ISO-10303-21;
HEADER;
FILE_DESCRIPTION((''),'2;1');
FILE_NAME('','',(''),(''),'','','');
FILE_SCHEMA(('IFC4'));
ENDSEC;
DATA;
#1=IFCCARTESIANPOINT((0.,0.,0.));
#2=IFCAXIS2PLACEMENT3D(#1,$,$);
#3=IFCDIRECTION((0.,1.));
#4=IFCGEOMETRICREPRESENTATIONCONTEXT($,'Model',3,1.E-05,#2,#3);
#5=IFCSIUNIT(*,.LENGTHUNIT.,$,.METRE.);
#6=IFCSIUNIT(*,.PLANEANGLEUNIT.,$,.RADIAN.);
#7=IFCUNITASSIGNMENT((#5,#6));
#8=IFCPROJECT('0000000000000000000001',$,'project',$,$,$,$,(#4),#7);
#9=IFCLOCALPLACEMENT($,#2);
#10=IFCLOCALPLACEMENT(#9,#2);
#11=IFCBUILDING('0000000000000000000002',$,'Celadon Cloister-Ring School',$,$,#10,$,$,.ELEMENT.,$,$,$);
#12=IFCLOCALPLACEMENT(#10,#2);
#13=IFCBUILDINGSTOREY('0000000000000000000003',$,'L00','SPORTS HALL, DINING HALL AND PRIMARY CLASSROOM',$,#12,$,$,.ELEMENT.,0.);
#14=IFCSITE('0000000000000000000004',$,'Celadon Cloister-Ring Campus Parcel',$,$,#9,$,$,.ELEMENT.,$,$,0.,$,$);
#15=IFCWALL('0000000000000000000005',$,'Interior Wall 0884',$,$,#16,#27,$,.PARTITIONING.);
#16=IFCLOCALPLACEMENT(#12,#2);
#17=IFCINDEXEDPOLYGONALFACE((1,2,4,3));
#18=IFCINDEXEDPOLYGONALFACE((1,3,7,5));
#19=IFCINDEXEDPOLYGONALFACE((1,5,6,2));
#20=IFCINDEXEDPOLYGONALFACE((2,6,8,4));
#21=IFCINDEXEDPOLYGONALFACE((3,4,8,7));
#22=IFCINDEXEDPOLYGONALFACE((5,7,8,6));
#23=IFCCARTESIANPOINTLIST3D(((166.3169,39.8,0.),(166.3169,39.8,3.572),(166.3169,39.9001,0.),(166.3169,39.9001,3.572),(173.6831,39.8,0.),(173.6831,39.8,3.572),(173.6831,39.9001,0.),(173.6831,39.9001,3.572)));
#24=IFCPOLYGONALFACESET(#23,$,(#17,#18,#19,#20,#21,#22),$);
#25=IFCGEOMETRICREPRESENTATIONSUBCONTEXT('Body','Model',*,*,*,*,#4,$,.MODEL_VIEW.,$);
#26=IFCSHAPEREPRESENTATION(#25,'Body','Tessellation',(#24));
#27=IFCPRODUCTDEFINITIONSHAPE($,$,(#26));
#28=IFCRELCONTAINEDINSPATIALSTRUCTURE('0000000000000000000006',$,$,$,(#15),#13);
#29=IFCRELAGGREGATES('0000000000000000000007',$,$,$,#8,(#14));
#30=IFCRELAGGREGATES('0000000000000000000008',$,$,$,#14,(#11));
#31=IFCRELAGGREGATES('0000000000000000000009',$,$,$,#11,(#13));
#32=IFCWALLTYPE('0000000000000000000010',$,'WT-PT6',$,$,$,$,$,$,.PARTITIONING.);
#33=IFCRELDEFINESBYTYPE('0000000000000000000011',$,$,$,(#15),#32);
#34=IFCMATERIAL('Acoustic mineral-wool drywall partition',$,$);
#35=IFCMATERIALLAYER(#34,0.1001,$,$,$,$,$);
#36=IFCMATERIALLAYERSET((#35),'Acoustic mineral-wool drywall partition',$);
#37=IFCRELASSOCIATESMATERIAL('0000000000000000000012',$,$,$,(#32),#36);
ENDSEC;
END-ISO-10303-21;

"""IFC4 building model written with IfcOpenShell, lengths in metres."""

from ifc_helpers import new_model, si_unit, direction, frame, frame_2d, origin, place, context, subcontext, project, spatial, rectangle, extrude, material, layer, layer_set, type_object, element, save


model = new_model("IFC4")

# Units and contexts
model_context = context("Model", 3, precision=1e-05, world=origin(), true_north=direction((0.0, 1.0)))
body_context = subcontext(model_context, "Body", "Model", "MODEL_VIEW")
ifc_project = project(units=[si_unit("LENGTHUNIT", "METRE"), si_unit("PLANEANGLEUNIT", "RADIAN")], contexts=[model_context])

# Site, building, storey
site_placement = place(None, origin())
site = spatial("IfcSite", under=ifc_project, at=site_placement, Name="Celadon Cloister-Ring Campus Parcel", CompositionType="ELEMENT", RefElevation=0.0)
building_placement = place(site_placement, origin())
building = spatial("IfcBuilding", under=site, at=building_placement, Name="Celadon Cloister-Ring School", CompositionType="ELEMENT")
storey_placement = place(building_placement, origin())
storey = spatial("IfcBuildingStorey", under=building, at=storey_placement, Name="L00", Description="SPORTS HALL, DINING HALL AND PRIMARY CLASSROOM", CompositionType="ELEMENT", Elevation=0.0)

# Wall
ifc_material_1 = material(Name="Acoustic mineral-wool drywall partition")
ifc_layer_1 = layer(ifc_material_1, 0.1001)
ifc_layer_set_1 = layer_set([ifc_layer_1], Name="Acoustic mineral-wool drywall partition")
wall_type_1 = type_object("IfcWallType", Name="WT-PT6", PredefinedType="PARTITIONING", material=ifc_layer_set_1)
wall_1_placement = place(storey_placement, frame((166.3169, 39.8501, 0.0), z_axis=(0.0, 0.0, 1.0), x_axis=(1.0, 0.0, 0.0)))
element("IfcWall", 1, at=wall_1_placement, inside=storey, type_object=wall_type_1, Name="Interior Wall 0884", PredefinedType="PARTITIONING", context=body_context, shape_type="SweptSolid", body=[
    extrude(rectangle(XDim=7.3662, YDim=0.1001, at=frame_2d((3.6831, 0.0))), origin(), (0.0, 0.0, 1.0), 3.572),
])

save(model, "model.ifc")
